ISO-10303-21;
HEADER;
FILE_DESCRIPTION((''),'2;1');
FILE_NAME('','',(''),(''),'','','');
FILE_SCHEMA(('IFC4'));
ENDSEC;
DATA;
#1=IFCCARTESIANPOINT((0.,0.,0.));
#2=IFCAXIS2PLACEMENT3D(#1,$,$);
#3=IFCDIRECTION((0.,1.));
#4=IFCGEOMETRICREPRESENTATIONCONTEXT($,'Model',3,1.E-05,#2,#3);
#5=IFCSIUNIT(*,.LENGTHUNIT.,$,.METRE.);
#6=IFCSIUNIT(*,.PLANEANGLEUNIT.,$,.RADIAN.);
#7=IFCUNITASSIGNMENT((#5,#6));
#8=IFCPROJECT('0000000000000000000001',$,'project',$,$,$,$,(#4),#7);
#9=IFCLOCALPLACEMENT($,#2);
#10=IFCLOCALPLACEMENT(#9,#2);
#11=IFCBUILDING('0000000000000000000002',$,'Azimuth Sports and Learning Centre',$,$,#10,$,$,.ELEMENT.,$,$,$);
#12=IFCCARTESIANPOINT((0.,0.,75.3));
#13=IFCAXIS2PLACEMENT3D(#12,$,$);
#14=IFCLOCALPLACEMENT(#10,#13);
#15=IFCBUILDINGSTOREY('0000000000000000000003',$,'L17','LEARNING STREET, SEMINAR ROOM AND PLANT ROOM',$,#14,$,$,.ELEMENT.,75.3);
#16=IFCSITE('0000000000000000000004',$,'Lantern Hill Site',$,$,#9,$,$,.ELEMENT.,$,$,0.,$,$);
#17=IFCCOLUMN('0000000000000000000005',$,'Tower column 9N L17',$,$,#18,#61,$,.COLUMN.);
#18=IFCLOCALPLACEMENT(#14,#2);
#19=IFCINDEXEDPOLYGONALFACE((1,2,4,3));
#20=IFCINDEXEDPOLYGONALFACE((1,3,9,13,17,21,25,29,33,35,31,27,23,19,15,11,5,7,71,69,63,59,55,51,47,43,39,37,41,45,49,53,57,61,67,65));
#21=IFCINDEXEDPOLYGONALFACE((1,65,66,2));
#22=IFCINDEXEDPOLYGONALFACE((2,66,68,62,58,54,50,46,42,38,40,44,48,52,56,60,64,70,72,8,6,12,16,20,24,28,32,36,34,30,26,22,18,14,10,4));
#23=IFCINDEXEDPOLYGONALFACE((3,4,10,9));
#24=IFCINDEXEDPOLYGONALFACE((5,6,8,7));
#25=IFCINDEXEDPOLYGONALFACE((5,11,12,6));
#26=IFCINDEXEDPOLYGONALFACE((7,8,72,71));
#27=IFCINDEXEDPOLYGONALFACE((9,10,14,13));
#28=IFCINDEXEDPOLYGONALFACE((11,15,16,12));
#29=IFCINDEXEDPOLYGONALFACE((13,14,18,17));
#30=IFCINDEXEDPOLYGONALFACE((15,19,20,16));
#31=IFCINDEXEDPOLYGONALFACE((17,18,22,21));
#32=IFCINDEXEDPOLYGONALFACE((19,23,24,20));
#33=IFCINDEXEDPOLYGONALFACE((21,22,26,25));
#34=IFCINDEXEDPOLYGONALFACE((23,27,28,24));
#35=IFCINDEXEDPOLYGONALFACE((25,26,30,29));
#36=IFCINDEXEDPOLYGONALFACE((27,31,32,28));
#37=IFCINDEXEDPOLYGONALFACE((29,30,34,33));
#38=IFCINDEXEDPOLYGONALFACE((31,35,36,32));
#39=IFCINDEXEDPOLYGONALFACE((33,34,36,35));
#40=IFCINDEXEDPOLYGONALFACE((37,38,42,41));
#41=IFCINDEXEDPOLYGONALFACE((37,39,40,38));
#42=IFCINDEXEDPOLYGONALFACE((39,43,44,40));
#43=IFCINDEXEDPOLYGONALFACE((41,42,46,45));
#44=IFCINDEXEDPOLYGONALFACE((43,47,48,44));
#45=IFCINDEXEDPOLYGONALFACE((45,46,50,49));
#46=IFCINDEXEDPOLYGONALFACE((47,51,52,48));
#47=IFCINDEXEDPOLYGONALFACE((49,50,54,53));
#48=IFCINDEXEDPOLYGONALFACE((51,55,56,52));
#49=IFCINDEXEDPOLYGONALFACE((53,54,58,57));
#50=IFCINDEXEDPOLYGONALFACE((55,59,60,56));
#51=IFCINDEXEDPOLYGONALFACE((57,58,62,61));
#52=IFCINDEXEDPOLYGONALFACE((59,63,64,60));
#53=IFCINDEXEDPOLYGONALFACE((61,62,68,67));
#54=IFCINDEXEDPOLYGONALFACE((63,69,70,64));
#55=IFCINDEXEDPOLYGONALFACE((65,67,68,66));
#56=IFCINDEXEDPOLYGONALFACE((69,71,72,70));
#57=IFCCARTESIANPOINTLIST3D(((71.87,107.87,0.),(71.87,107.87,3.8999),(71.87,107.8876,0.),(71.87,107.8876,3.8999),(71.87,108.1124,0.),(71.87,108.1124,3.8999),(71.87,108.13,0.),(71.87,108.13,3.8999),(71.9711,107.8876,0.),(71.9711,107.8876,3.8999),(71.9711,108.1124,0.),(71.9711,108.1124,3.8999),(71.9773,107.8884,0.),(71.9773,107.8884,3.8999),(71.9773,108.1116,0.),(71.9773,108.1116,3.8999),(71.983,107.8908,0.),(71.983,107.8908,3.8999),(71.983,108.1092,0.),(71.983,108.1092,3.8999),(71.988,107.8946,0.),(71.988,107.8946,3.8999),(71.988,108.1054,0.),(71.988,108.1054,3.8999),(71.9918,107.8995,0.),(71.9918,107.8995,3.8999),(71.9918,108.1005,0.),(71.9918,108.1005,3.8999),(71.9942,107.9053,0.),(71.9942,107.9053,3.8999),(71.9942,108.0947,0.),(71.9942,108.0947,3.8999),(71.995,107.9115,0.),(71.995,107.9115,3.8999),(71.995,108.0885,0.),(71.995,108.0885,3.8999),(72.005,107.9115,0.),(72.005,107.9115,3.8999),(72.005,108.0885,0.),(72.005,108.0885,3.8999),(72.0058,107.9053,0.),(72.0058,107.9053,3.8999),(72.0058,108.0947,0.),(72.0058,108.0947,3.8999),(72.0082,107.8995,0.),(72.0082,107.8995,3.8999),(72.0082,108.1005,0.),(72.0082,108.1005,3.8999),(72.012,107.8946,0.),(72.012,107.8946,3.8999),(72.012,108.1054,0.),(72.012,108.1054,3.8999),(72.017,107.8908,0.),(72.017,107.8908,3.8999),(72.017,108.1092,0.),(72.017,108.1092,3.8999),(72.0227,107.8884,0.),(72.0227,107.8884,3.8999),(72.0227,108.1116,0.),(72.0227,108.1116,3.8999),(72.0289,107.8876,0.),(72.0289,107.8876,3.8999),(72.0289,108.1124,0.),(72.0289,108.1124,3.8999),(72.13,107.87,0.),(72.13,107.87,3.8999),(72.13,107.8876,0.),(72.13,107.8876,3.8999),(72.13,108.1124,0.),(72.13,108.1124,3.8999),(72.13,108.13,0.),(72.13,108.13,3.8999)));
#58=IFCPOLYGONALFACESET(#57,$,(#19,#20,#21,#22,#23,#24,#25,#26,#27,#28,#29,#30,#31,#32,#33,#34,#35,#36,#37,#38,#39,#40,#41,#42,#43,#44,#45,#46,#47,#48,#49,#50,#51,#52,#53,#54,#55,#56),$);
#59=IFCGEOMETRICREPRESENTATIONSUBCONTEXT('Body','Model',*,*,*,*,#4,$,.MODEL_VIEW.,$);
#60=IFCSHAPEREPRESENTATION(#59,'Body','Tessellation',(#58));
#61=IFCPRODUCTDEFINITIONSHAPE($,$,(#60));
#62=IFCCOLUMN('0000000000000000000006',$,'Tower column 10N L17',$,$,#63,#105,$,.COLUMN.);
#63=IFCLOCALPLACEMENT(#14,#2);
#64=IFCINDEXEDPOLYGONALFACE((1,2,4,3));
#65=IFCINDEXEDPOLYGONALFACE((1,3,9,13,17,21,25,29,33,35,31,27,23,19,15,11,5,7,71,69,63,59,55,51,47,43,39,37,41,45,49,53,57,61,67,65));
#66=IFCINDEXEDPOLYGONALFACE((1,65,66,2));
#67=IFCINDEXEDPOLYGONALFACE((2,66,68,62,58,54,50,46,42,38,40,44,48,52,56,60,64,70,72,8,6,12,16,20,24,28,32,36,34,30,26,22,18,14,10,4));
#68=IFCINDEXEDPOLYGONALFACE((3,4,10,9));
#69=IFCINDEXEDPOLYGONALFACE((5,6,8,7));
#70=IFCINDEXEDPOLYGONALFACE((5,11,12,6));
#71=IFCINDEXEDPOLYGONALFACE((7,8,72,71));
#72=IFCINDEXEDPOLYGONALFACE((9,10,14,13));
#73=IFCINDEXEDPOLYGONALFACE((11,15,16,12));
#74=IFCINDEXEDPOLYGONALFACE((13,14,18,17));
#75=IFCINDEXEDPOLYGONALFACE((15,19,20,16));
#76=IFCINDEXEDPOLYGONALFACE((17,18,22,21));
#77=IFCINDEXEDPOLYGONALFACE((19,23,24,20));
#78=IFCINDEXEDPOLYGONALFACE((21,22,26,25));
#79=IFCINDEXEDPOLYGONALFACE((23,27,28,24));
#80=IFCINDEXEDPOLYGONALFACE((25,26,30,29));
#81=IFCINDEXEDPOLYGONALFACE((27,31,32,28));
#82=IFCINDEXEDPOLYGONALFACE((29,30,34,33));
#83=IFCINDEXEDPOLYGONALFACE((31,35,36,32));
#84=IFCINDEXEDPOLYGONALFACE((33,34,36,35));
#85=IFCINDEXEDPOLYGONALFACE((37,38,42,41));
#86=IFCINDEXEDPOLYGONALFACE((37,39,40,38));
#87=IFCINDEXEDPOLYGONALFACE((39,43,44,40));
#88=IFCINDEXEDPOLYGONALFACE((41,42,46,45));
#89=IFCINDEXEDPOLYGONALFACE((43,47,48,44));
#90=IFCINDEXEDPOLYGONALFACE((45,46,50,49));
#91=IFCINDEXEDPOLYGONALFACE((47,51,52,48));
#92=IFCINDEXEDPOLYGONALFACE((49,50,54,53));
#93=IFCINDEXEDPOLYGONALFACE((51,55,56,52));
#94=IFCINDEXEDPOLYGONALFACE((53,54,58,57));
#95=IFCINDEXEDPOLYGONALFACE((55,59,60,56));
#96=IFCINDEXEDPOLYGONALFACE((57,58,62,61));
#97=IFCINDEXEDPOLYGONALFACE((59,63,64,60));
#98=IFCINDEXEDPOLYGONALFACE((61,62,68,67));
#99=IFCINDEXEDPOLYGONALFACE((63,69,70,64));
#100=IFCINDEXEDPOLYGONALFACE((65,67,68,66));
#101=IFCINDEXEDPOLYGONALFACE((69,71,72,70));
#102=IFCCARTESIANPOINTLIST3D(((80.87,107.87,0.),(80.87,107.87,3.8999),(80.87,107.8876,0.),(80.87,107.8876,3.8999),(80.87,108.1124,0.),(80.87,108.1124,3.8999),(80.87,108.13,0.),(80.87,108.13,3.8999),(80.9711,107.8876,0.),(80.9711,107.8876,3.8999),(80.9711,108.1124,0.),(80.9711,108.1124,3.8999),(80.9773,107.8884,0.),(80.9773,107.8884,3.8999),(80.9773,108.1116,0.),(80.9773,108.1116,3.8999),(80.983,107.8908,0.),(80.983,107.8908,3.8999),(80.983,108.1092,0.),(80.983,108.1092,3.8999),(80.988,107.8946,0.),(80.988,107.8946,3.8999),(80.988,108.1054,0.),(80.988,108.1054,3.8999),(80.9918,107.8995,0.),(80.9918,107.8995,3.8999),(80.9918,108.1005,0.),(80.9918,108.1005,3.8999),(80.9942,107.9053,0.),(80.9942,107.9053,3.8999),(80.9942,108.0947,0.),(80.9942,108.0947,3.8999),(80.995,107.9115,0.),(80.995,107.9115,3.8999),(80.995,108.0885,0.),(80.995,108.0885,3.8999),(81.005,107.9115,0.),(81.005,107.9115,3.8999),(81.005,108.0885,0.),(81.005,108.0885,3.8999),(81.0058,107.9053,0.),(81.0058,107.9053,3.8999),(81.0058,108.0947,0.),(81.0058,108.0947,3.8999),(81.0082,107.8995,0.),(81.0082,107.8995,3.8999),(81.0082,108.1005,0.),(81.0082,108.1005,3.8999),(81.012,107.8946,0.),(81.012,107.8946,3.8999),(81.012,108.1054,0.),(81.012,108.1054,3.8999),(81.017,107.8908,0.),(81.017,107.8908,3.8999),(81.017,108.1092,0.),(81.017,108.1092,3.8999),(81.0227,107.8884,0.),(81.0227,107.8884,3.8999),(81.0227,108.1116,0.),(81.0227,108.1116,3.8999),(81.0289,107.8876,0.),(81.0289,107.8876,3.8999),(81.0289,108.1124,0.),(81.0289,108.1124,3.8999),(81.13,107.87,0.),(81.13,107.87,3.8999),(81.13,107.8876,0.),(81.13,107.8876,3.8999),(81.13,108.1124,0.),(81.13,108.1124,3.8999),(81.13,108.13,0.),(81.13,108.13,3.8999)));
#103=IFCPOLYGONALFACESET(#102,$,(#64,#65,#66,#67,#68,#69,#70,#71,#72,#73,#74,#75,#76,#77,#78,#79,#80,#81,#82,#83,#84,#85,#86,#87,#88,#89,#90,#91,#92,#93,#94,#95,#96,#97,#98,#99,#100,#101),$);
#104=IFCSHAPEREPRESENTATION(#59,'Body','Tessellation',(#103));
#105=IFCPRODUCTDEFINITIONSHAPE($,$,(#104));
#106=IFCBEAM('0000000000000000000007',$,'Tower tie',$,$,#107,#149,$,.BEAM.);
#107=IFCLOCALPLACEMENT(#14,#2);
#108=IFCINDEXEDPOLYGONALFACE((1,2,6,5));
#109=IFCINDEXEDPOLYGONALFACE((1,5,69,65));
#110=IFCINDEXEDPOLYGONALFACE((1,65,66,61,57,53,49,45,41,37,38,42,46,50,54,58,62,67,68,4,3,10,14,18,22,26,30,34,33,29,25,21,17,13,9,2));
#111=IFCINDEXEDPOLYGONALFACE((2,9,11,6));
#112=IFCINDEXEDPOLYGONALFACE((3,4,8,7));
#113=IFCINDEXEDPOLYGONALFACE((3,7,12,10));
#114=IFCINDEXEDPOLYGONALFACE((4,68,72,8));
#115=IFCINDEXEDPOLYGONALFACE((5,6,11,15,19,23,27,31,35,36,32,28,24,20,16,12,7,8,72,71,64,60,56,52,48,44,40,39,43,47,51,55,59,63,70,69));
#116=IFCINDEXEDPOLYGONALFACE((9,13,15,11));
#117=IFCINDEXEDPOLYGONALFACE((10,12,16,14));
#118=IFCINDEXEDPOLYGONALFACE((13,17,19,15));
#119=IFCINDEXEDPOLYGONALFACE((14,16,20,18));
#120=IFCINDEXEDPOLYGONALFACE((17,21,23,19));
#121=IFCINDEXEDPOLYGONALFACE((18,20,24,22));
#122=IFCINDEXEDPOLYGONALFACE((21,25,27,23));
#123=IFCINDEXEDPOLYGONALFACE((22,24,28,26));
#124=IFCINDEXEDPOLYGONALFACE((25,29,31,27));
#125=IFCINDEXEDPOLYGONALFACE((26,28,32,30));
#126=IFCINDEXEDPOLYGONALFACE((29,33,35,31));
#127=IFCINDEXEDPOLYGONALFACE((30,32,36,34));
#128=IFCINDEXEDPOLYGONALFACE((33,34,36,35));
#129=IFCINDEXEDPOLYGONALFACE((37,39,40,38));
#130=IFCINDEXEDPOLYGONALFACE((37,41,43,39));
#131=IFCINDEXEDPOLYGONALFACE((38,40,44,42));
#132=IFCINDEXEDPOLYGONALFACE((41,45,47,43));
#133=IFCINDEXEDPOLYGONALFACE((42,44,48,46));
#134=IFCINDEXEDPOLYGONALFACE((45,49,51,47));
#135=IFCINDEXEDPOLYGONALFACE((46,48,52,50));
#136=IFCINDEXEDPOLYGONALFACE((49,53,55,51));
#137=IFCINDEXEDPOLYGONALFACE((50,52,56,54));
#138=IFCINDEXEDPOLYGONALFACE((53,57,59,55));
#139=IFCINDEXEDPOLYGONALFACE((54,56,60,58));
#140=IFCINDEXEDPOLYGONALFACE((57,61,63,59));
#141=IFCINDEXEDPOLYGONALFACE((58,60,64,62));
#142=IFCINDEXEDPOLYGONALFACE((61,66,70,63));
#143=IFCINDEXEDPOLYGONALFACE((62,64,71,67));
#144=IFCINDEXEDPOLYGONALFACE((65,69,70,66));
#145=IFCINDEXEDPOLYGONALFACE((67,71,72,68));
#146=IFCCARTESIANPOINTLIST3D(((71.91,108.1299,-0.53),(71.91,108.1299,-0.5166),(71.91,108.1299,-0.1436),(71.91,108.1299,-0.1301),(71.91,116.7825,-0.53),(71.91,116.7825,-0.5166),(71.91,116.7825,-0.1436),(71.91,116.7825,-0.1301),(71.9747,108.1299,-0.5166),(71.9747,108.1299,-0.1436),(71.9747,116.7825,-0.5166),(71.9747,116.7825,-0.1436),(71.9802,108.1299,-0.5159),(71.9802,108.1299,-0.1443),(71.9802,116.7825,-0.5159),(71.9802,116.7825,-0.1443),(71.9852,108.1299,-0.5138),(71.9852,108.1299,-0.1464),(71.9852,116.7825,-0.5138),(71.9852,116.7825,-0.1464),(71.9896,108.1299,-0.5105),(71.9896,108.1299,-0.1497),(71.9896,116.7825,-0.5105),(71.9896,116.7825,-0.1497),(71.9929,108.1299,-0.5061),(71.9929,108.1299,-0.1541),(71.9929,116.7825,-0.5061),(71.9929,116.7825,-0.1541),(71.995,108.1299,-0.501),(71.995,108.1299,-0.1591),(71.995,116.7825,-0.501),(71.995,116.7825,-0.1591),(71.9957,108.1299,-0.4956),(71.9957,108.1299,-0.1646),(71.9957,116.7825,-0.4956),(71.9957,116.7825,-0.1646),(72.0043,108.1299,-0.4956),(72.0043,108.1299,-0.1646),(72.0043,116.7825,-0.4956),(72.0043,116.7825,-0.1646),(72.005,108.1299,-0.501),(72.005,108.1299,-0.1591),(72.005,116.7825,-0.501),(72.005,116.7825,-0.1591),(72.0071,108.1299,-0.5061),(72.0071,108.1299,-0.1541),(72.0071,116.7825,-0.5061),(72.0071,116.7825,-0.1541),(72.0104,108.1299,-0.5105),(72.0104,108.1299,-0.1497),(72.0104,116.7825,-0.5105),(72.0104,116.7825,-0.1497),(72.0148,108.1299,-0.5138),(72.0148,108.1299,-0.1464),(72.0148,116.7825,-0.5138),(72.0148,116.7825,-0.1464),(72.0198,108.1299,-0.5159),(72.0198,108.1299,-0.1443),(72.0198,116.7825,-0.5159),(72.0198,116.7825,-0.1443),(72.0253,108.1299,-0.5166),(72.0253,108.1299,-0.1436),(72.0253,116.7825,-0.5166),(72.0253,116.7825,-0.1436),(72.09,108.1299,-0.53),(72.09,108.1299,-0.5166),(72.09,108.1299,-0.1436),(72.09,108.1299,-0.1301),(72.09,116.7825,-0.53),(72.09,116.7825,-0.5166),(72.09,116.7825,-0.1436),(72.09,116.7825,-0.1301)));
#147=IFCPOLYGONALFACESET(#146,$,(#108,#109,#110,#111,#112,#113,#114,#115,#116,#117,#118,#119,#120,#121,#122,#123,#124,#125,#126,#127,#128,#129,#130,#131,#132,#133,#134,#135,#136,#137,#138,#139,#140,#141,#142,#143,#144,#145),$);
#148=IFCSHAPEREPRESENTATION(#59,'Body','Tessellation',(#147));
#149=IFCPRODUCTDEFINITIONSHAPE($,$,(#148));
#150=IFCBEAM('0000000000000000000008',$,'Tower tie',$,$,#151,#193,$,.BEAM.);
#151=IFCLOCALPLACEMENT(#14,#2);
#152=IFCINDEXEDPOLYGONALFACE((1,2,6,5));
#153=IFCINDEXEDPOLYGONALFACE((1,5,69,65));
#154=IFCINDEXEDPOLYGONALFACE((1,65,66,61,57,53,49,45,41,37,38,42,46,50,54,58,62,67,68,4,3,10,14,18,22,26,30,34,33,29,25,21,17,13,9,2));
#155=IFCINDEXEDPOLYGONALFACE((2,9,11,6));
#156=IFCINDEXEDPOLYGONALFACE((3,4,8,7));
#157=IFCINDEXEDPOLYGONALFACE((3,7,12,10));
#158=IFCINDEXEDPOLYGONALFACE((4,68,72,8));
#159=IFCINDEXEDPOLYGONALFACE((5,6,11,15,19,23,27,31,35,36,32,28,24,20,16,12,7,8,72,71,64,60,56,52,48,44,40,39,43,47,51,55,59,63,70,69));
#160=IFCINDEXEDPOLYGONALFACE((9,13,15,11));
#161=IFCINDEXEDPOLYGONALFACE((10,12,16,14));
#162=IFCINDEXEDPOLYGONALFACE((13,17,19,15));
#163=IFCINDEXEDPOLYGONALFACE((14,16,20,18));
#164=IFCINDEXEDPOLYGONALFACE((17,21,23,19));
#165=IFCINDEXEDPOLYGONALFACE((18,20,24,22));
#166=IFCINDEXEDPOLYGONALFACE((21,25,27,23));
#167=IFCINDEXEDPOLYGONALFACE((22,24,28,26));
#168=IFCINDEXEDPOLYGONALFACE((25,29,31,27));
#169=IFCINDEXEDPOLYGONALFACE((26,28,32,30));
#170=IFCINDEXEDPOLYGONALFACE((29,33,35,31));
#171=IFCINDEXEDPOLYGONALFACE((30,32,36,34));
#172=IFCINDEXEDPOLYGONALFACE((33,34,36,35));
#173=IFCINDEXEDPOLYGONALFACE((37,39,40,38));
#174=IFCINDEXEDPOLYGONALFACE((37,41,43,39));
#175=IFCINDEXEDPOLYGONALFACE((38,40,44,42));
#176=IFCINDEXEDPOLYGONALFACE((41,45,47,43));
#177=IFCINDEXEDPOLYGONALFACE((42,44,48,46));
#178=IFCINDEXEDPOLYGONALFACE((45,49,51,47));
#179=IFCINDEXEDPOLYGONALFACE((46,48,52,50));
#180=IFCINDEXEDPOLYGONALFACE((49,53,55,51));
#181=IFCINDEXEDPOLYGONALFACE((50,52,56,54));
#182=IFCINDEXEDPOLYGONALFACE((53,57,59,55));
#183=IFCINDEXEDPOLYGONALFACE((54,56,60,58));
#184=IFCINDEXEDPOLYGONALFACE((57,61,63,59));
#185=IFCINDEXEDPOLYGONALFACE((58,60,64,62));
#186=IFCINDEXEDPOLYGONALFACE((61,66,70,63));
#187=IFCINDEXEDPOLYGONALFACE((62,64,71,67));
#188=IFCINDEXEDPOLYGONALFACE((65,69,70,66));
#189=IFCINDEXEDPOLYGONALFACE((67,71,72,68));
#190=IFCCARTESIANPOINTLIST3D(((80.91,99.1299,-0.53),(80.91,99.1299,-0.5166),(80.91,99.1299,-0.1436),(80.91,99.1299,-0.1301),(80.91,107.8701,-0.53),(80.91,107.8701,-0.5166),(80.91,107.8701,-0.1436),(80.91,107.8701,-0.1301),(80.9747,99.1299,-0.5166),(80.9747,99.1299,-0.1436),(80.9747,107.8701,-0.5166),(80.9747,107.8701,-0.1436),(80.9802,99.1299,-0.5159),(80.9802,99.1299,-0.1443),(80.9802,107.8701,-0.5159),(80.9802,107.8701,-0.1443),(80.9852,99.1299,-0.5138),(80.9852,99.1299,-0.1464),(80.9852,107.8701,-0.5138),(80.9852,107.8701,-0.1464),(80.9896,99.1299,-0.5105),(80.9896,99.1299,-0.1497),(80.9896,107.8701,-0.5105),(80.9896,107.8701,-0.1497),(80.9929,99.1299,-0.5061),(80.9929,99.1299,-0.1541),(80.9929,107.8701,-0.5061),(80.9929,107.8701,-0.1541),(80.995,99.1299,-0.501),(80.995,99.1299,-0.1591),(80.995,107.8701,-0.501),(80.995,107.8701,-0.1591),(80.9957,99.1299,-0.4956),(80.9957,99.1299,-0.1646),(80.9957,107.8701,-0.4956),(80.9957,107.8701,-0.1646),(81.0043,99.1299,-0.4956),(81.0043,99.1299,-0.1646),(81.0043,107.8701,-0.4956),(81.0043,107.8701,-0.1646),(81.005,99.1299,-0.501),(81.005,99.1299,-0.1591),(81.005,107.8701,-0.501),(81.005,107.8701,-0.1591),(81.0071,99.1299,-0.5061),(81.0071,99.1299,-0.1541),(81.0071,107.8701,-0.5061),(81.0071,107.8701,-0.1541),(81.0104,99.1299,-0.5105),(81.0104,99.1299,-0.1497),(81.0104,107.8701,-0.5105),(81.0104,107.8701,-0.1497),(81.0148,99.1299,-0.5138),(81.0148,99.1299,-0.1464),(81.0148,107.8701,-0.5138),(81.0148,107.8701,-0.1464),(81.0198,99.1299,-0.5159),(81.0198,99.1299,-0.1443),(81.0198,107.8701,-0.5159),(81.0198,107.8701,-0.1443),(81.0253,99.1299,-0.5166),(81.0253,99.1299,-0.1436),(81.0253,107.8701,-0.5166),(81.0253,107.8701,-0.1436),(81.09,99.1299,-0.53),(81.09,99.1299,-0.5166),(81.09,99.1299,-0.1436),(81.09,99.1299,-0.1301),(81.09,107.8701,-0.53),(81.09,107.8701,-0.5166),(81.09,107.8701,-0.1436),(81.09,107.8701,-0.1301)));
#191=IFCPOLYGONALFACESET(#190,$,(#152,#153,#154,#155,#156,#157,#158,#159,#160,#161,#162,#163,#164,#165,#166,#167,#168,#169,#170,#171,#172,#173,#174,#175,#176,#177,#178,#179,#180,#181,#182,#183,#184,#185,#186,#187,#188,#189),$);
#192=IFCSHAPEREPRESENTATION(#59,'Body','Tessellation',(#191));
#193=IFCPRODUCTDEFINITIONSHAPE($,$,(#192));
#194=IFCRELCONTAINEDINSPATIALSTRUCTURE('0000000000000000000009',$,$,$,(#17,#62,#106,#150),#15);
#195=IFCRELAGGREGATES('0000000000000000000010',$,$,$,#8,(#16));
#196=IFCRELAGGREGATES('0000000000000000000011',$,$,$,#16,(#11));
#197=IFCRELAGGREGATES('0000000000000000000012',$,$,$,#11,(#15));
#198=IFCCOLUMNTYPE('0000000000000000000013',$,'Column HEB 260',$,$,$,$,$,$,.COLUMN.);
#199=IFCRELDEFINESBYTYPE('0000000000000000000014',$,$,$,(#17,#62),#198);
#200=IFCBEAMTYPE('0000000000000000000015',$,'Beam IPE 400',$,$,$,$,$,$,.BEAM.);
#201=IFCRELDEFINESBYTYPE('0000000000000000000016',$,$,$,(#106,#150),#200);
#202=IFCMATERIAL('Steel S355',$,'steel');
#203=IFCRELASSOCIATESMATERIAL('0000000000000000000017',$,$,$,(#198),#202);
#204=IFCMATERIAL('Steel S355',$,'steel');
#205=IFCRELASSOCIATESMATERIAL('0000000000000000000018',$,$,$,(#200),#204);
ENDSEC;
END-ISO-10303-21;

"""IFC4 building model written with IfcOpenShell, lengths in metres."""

from ifc_helpers import new_model, si_unit, direction, frame, origin, origin_2d, place, context, subcontext, project, spatial, i_section, extrude, material, material_profile, profile_set, type_object, element, save


model = new_model("IFC4")

# Units and contexts
model_context = context("Model", 3, precision=1e-05, world=origin(), true_north=direction((0.0, 1.0)))
body_context = subcontext(model_context, "Body", "Model", "MODEL_VIEW")
ifc_project = project(units=[si_unit("LENGTHUNIT", "METRE"), si_unit("PLANEANGLEUNIT", "RADIAN")], contexts=[model_context])

# Site, building, storey
site_placement = place(None, origin())
site = spatial("IfcSite", under=ifc_project, at=site_placement, Name="Lantern Hill Site", CompositionType="ELEMENT", RefElevation=0.0)
building_placement = place(site_placement, origin())
building = spatial("IfcBuilding", under=site, at=building_placement, Name="Azimuth Sports and Learning Centre", CompositionType="ELEMENT")
storey_placement = place(building_placement, frame((0.0, 0.0, 75.3)))
storey = spatial("IfcBuildingStorey", under=building, at=storey_placement, Name="L17", Description="LEARNING STREET, SEMINAR ROOM AND PLANT ROOM", CompositionType="ELEMENT", Elevation=75.3)

# Columns
ifc_material_1 = material(Name="Steel S355", Category="steel")
ifc_material_profile_1 = material_profile(ifc_material_1, i_section(OverallWidth=0.26, OverallDepth=0.26, WebThickness=0.01, FlangeThickness=0.0176, FilletRadius=0.0239, at=origin_2d()), Name="HEB 260")
ifc_profile_set_1 = profile_set([ifc_material_profile_1], Name="Steel S355")
column_type = type_object("IfcColumnType", Name="Column HEB 260", PredefinedType="COLUMN", material=ifc_profile_set_1)
for number, where, z_axis, x_axis, name in (
    (1, (72.0, 108.0, 0.0), (0.0, 0.0, 1.0), (1.0, 0.0, 0.0), "Tower column 9N L17"),
    (2, (81.0, 108.0, 0.0), (0.0, 0.0, 1.0), (1.0, 0.0, 0.0), "Tower column 10N L17"),
):
    element("IfcColumn", number, at=place(storey_placement, frame(where, z_axis=z_axis, x_axis=x_axis)), inside=storey, type_object=column_type, Name=name, PredefinedType="COLUMN", context=body_context, shape_type="SweptSolid", body=[
        extrude(i_section(OverallWidth=0.26, OverallDepth=0.26, WebThickness=0.01, FlangeThickness=0.0176, FilletRadius=0.0239, at=origin_2d()), origin(), (0.0, 0.0, 1.0), 3.8999),
    ])

# Beams
ifc_material_2 = material(Name="Steel S355", Category="steel")
ifc_material_profile_2 = material_profile(ifc_material_2, i_section(OverallWidth=0.1799, OverallDepth=0.3999, WebThickness=0.0085, FlangeThickness=0.0134, FilletRadius=0.021, at=origin_2d()), Name="IPE 400")
ifc_profile_set_2 = profile_set([ifc_material_profile_2], Name="Steel S355")
beam_type_1 = type_object("IfcBeamType", Name="Beam IPE 400", PredefinedType="BEAM", material=ifc_profile_set_2)
beam_1_placement = place(storey_placement, frame((72.0, 108.1299, -0.3301), z_axis=(0.0, 1.0, 0.0), x_axis=(-1.0, 0.0, 0.0)))
element("IfcBeam", 3, at=beam_1_placement, inside=storey, type_object=beam_type_1, Name="Tower tie", PredefinedType="BEAM", context=body_context, shape_type="SweptSolid", body=[
    extrude(i_section(OverallWidth=0.1799, OverallDepth=0.3999, WebThickness=0.0085, FlangeThickness=0.0134, FilletRadius=0.021, at=origin_2d()), origin(), (0.0, 0.0, 1.0), 8.6526),
])
beam_2_placement = place(storey_placement, frame((81.0, 99.1299, -0.3301), z_axis=(0.0, 1.0, 0.0), x_axis=(-1.0, 0.0, 0.0)))
element("IfcBeam", 4, at=beam_2_placement, inside=storey, type_object=beam_type_1, Name="Tower tie", PredefinedType="BEAM", context=body_context, shape_type="SweptSolid", body=[
    extrude(i_section(OverallWidth=0.1799, OverallDepth=0.3999, WebThickness=0.0085, FlangeThickness=0.0134, FilletRadius=0.021, at=origin_2d()), origin(), (0.0, 0.0, 1.0), 8.7402),
])

save(model, "model.ifc")
